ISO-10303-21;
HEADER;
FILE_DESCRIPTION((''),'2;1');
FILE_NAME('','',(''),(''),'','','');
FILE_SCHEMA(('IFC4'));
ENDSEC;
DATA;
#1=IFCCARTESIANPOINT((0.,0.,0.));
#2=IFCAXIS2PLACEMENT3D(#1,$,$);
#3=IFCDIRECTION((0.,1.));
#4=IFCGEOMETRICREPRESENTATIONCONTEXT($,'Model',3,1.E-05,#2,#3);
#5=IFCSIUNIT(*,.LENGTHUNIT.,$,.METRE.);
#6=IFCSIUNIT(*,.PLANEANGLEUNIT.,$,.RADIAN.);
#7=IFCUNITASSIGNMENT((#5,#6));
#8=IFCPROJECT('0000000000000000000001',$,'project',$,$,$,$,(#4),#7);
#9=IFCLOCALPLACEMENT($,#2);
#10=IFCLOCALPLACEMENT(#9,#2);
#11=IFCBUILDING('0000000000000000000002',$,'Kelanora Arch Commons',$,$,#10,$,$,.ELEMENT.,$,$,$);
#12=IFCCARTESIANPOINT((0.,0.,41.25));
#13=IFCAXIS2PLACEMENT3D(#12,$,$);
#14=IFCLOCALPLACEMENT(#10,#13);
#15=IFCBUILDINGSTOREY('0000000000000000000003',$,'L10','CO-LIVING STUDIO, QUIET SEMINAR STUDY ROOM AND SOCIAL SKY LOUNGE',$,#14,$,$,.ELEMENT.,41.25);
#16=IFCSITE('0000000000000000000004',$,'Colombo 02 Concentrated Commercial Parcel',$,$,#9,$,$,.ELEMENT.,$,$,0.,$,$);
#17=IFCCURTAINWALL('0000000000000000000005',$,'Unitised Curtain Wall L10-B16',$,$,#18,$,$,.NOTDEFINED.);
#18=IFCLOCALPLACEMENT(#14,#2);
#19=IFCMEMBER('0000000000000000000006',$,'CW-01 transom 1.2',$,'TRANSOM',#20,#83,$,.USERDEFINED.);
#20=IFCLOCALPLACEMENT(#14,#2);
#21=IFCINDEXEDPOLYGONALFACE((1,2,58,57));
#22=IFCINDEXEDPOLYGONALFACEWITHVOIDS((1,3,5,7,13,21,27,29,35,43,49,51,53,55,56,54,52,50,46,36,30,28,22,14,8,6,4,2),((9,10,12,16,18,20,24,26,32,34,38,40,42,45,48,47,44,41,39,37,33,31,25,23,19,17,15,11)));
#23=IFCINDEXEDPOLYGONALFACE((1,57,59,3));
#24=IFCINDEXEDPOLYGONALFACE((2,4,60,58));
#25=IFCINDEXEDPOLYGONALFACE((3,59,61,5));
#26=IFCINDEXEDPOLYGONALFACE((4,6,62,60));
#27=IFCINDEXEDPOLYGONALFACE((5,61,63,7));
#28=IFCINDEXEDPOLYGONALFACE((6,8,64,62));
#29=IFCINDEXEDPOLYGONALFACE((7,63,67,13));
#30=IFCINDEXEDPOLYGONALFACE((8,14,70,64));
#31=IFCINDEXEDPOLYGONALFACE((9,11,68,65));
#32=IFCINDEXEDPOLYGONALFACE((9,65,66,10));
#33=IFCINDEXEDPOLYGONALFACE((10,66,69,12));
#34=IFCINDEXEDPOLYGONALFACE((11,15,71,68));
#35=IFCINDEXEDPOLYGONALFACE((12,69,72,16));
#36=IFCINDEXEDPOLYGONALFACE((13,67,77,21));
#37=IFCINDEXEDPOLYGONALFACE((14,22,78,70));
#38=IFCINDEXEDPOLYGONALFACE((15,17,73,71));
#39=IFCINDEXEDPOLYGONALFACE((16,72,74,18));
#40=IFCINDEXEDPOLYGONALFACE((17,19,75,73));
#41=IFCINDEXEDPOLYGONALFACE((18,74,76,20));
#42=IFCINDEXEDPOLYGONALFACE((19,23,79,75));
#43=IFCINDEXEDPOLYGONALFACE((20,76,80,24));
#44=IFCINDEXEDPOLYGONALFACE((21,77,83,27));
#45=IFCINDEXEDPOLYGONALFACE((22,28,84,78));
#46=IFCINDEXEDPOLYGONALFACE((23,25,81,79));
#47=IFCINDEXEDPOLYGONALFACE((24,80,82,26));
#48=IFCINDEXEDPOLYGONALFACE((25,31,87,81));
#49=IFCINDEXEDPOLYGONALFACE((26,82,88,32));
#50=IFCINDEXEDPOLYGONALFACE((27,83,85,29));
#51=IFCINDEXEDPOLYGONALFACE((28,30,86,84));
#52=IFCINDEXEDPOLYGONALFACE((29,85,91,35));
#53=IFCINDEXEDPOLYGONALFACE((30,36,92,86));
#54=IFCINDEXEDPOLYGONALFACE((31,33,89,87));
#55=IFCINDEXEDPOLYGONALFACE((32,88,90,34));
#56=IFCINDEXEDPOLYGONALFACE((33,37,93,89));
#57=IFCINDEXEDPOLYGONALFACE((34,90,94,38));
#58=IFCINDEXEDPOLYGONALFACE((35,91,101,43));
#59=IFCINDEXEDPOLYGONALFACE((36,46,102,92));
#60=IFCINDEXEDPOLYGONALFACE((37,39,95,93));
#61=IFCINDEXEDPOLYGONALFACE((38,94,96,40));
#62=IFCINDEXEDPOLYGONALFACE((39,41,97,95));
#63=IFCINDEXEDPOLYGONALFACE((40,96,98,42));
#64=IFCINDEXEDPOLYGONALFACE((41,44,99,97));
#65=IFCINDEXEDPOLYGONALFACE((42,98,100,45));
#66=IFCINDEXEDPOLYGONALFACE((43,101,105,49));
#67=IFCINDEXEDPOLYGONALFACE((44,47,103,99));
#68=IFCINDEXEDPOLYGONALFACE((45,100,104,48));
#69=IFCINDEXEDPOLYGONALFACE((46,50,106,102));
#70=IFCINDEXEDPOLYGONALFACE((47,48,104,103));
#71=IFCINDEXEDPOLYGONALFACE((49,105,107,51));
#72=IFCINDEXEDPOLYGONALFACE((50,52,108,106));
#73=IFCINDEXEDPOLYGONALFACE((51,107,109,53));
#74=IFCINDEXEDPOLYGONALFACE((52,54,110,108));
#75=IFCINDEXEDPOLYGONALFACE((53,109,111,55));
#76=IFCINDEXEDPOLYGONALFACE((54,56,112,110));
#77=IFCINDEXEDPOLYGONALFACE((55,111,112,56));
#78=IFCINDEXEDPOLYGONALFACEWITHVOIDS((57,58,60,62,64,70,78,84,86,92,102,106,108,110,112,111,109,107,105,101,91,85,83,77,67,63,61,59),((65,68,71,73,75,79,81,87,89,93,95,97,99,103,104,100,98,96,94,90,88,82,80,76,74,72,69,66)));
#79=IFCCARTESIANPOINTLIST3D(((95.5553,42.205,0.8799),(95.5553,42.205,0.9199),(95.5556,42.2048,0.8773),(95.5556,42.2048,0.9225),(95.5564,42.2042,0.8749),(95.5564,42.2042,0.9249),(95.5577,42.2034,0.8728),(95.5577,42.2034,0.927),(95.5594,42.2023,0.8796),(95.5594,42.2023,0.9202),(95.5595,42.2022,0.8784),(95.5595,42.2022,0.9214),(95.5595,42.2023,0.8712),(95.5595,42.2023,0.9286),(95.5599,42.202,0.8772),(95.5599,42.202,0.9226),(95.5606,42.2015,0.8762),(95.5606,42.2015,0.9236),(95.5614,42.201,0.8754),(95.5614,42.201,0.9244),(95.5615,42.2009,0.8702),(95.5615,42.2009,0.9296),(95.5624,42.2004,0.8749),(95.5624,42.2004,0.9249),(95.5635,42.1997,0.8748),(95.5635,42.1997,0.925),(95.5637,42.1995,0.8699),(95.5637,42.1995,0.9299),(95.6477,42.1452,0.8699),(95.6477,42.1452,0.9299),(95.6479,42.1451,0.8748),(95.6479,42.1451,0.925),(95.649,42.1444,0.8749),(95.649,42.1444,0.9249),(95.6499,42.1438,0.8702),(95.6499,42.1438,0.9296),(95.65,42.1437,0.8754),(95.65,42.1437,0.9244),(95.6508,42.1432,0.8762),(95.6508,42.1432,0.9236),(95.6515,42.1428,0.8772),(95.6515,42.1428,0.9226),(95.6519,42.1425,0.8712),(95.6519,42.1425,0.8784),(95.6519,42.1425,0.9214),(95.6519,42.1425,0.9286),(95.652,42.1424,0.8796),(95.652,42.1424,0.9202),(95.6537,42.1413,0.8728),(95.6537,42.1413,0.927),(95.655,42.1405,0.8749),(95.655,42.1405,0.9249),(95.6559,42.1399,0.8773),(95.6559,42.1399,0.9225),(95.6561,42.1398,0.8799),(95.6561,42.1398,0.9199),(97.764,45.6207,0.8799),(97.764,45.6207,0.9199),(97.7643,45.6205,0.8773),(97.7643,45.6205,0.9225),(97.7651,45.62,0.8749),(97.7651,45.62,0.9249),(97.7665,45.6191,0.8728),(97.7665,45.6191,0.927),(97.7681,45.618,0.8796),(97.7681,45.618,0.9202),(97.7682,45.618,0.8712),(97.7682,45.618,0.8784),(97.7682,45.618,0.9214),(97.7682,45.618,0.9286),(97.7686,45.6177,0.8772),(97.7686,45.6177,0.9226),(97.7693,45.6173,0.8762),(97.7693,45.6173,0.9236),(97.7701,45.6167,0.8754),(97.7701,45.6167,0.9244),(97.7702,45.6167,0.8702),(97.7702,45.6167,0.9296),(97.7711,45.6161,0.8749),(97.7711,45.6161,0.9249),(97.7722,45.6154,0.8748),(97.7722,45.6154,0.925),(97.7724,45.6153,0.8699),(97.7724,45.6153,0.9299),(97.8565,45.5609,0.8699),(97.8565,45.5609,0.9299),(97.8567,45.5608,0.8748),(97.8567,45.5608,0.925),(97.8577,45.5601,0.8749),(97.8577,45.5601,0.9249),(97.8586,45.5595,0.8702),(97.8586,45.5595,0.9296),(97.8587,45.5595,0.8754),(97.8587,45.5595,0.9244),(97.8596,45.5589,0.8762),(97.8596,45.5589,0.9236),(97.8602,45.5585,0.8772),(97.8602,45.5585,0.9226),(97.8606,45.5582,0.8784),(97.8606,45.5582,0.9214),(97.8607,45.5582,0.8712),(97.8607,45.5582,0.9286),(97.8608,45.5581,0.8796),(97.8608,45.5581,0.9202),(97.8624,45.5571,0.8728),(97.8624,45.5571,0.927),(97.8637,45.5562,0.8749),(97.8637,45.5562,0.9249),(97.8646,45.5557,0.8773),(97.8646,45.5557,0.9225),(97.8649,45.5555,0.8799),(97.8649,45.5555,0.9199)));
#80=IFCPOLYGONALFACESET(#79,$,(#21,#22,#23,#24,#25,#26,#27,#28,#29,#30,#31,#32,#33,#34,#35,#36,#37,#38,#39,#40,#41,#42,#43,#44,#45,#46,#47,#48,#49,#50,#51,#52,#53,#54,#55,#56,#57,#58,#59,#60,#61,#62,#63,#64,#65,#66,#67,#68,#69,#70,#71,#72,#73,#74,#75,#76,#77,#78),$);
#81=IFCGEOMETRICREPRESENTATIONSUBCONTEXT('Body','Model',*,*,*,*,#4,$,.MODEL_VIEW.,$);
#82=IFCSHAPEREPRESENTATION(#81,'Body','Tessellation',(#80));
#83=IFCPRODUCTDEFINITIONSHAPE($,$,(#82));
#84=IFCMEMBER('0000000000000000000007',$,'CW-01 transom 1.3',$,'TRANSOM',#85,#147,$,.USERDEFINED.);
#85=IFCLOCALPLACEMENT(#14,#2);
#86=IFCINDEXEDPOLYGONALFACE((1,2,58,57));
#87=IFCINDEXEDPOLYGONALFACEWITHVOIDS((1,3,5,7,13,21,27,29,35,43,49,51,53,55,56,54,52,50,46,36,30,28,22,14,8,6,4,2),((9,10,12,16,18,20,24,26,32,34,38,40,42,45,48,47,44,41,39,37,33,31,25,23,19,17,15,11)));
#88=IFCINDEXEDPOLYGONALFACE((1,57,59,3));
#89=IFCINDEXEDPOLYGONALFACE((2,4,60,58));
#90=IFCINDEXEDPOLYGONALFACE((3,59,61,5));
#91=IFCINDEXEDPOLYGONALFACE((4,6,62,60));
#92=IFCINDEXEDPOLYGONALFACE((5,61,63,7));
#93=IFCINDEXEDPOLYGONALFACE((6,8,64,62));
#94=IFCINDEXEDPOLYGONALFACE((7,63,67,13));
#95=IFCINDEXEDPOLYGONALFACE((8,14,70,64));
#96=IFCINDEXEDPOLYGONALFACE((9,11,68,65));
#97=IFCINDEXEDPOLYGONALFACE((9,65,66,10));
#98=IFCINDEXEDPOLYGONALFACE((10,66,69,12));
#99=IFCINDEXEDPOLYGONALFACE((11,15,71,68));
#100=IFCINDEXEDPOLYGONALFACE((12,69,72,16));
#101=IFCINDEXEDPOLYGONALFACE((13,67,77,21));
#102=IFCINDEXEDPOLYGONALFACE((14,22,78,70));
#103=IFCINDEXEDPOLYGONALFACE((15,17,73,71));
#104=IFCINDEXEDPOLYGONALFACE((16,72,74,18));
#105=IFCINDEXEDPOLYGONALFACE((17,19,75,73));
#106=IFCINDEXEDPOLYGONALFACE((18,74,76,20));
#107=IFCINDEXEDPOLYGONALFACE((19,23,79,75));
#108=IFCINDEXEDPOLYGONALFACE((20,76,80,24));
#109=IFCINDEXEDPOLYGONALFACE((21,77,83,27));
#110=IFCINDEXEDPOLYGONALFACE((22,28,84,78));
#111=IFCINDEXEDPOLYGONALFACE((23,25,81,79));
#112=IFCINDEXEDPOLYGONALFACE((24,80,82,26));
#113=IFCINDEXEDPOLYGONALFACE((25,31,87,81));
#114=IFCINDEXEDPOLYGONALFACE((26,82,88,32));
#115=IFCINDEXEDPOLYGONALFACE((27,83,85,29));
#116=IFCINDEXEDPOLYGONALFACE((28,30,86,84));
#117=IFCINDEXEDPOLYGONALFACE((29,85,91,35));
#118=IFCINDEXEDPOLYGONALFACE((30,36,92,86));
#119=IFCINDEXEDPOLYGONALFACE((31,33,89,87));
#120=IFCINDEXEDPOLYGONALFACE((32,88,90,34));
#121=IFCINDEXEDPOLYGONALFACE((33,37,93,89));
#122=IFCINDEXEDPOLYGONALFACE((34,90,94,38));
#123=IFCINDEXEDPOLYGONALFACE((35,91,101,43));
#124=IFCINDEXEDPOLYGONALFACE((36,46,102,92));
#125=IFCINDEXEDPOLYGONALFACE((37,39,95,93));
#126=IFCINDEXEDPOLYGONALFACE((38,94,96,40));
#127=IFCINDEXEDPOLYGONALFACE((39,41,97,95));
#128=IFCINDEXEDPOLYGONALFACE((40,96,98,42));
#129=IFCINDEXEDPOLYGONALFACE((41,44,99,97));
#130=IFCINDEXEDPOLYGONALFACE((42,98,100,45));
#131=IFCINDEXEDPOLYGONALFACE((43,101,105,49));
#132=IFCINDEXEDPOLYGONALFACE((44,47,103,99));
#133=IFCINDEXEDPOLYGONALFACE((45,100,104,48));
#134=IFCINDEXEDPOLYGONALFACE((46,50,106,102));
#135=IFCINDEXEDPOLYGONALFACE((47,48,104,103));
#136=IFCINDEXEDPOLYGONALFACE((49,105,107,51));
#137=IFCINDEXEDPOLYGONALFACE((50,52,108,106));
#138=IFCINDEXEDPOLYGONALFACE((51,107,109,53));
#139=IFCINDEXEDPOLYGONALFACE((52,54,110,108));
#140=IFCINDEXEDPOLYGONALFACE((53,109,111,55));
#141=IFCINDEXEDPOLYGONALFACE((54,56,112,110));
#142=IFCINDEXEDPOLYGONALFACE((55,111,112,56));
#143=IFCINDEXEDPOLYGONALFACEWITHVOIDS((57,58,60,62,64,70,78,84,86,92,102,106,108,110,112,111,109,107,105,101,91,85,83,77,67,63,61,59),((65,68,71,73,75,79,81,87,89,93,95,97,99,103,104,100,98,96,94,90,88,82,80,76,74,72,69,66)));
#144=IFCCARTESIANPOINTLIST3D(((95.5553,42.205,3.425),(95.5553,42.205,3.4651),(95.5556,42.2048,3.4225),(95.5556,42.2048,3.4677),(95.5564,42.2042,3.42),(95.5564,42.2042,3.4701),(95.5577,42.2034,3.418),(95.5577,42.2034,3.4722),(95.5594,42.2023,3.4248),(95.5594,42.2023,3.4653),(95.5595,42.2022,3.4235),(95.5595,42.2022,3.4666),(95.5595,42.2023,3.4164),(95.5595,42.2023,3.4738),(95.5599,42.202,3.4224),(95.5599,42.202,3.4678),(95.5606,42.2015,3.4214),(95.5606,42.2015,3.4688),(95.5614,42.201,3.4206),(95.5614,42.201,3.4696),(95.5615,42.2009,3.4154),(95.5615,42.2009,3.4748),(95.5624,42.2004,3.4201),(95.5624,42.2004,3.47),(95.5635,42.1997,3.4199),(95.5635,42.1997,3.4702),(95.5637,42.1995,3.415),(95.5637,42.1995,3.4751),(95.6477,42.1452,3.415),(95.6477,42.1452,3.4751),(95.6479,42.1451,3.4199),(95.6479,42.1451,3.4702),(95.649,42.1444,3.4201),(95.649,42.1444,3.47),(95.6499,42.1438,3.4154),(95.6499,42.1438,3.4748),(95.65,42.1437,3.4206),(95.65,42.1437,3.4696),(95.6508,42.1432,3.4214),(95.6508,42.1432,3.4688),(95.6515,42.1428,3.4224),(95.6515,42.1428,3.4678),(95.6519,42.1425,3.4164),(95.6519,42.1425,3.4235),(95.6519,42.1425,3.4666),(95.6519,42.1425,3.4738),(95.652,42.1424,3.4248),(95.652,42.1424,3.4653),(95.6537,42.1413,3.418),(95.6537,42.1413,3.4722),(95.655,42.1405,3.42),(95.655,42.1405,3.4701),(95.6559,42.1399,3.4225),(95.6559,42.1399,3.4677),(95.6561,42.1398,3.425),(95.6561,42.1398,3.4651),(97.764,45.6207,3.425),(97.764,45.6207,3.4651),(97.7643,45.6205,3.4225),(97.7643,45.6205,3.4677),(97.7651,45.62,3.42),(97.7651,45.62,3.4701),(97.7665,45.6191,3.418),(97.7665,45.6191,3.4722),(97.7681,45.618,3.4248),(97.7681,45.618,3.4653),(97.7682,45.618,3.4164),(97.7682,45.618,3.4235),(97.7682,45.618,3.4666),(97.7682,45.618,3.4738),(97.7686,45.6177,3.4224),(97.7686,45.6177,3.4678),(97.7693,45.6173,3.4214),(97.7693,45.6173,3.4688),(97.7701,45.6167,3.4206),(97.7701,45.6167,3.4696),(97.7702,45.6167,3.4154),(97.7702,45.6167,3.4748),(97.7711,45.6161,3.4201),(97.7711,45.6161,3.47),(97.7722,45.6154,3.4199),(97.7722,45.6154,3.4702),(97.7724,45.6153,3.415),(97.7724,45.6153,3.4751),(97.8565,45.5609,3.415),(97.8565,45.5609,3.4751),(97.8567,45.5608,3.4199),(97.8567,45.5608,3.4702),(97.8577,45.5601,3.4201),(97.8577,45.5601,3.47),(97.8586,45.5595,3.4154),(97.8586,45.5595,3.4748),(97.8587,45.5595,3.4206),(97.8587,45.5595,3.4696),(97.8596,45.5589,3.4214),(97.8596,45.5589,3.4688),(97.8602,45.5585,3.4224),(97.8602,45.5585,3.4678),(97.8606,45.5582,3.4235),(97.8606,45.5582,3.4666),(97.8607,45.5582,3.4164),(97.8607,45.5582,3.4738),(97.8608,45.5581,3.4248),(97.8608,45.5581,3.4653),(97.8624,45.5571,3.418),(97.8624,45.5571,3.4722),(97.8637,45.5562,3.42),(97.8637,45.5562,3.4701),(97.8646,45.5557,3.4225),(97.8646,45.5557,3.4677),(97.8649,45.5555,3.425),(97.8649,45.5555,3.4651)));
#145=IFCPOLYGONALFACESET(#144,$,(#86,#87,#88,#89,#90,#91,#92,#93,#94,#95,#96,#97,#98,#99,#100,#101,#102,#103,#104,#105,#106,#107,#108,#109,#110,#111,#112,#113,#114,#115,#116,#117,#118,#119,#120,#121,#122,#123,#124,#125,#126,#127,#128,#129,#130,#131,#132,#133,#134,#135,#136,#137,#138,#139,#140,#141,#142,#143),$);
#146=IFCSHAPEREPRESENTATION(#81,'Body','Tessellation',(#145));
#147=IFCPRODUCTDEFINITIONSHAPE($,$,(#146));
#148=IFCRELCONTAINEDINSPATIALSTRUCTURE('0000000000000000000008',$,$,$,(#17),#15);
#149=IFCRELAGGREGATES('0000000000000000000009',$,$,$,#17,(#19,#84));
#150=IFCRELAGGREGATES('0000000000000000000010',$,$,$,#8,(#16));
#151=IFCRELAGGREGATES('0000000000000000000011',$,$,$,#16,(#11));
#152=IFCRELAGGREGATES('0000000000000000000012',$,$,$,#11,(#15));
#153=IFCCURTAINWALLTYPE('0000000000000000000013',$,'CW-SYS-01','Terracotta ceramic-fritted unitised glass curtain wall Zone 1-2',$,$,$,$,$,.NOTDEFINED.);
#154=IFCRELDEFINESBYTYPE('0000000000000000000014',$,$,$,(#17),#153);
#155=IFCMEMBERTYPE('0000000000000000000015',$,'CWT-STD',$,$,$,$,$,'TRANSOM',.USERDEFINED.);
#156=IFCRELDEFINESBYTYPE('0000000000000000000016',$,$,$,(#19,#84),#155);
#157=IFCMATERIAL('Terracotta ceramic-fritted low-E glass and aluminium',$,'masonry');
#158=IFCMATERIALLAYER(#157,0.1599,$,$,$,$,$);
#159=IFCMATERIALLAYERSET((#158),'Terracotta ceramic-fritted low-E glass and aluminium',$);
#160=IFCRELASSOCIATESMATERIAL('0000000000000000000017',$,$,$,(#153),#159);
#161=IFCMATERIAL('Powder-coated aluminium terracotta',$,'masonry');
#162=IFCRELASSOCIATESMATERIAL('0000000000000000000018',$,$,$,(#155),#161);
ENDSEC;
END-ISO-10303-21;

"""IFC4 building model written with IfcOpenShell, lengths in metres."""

from ifc_helpers import new_model, si_unit, direction, frame, origin, origin_2d, place, context, subcontext, project, spatial, hollow_rectangle, extrude, material, layer, layer_set, material_profile, profile_set, type_object, element, aggregate, save


model = new_model("IFC4")

# Units and contexts
model_context = context("Model", 3, precision=1e-05, world=origin(), true_north=direction((0.0, 1.0)))
body_context = subcontext(model_context, "Body", "Model", "MODEL_VIEW")
ifc_project = project(units=[si_unit("LENGTHUNIT", "METRE"), si_unit("PLANEANGLEUNIT", "RADIAN")], contexts=[model_context])

# Site, building, storey
site_placement = place(None, origin())
site = spatial("IfcSite", under=ifc_project, at=site_placement, Name="Colombo 02 Concentrated Commercial Parcel", CompositionType="ELEMENT", RefElevation=0.0)
building_placement = place(site_placement, origin())
building = spatial("IfcBuilding", under=site, at=building_placement, Name="Kelanora Arch Commons", CompositionType="ELEMENT")
storey_placement = place(building_placement, frame((0.0, 0.0, 41.25)))
storey = spatial("IfcBuildingStorey", under=building, at=storey_placement, Name="L10", Description="CO-LIVING STUDIO, QUIET SEMINAR STUDY ROOM AND SOCIAL SKY LOUNGE", CompositionType="ELEMENT", Elevation=41.25)

# Shared definitions
ifc_material_1 = material(Name="Terracotta ceramic-fritted low-E glass and aluminium", Category="masonry")
ifc_layer_1 = layer(ifc_material_1, 0.1599)
ifc_layer_set_1 = layer_set([ifc_layer_1], Name="Terracotta ceramic-fritted low-E glass and aluminium")
curtain_wall_type = type_object("IfcCurtainWallType", Name="CW-SYS-01", Description="Terracotta ceramic-fritted unitised glass curtain wall Zone 1-2", PredefinedType="NOTDEFINED", material=ifc_layer_set_1)
ifc_material_2 = material(Name="Powder-coated aluminium terracotta", Category="masonry")

# Curtain wall, members
curtain_wall_1_placement = place(storey_placement, origin())
curtain_wall_1 = element("IfcCurtainWall", 1, at=curtain_wall_1_placement, inside=storey, type_object=curtain_wall_type, Name="Unitised Curtain Wall L10-B16", PredefinedType="NOTDEFINED")
ifc_material_profile_1 = material_profile(ifc_material_2, hollow_rectangle(XDim=0.1201, YDim=0.0601, WallThickness=0.0049, InnerFilletRadius=0.0049, OuterFilletRadius=0.01, at=origin_2d()), Name="CWT120x60")
ifc_profile_set_1 = profile_set([ifc_material_profile_1], Name="Powder-coated aluminium terracotta")
member_type_1 = type_object("IfcMemberType", Name="CWT-STD", ElementType="TRANSOM", PredefinedType="USERDEFINED", material=ifc_profile_set_1)
member_1_placement = place(storey_placement, frame((95.6057, 42.1724, 0.8999), z_axis=(0.542997, 0.839734, 0.0), x_axis=(-0.839734, 0.542997, 0.0)))
member_1 = element("IfcMember", 2, at=member_1_placement, type_object=member_type_1, Name="CW-01 transom 1.2", ObjectType="TRANSOM", PredefinedType="USERDEFINED", context=body_context, shape_type="SweptSolid", body=[
    extrude(hollow_rectangle(XDim=0.1201, YDim=0.0601, WallThickness=0.0049, InnerFilletRadius=0.0049, OuterFilletRadius=0.01, at=origin_2d()), origin(), (0.0, 0.0, 1.0), 4.0676),
])
member_2_placement = place(storey_placement, frame((95.6057, 42.1724, 3.4451), z_axis=(0.542997, 0.839734, 0.0), x_axis=(-0.839734, 0.542997, 0.0)))
member_2 = element("IfcMember", 3, at=member_2_placement, type_object=member_type_1, Name="CW-01 transom 1.3", ObjectType="TRANSOM", PredefinedType="USERDEFINED", context=body_context, shape_type="SweptSolid", body=[
    extrude(hollow_rectangle(XDim=0.1201, YDim=0.0601, WallThickness=0.0049, InnerFilletRadius=0.0049, OuterFilletRadius=0.01, at=origin_2d()), origin(), (0.0, 0.0, 1.0), 4.0676),
])
aggregate(curtain_wall_1, [member_1, member_2])

save(model, "model.ifc")
